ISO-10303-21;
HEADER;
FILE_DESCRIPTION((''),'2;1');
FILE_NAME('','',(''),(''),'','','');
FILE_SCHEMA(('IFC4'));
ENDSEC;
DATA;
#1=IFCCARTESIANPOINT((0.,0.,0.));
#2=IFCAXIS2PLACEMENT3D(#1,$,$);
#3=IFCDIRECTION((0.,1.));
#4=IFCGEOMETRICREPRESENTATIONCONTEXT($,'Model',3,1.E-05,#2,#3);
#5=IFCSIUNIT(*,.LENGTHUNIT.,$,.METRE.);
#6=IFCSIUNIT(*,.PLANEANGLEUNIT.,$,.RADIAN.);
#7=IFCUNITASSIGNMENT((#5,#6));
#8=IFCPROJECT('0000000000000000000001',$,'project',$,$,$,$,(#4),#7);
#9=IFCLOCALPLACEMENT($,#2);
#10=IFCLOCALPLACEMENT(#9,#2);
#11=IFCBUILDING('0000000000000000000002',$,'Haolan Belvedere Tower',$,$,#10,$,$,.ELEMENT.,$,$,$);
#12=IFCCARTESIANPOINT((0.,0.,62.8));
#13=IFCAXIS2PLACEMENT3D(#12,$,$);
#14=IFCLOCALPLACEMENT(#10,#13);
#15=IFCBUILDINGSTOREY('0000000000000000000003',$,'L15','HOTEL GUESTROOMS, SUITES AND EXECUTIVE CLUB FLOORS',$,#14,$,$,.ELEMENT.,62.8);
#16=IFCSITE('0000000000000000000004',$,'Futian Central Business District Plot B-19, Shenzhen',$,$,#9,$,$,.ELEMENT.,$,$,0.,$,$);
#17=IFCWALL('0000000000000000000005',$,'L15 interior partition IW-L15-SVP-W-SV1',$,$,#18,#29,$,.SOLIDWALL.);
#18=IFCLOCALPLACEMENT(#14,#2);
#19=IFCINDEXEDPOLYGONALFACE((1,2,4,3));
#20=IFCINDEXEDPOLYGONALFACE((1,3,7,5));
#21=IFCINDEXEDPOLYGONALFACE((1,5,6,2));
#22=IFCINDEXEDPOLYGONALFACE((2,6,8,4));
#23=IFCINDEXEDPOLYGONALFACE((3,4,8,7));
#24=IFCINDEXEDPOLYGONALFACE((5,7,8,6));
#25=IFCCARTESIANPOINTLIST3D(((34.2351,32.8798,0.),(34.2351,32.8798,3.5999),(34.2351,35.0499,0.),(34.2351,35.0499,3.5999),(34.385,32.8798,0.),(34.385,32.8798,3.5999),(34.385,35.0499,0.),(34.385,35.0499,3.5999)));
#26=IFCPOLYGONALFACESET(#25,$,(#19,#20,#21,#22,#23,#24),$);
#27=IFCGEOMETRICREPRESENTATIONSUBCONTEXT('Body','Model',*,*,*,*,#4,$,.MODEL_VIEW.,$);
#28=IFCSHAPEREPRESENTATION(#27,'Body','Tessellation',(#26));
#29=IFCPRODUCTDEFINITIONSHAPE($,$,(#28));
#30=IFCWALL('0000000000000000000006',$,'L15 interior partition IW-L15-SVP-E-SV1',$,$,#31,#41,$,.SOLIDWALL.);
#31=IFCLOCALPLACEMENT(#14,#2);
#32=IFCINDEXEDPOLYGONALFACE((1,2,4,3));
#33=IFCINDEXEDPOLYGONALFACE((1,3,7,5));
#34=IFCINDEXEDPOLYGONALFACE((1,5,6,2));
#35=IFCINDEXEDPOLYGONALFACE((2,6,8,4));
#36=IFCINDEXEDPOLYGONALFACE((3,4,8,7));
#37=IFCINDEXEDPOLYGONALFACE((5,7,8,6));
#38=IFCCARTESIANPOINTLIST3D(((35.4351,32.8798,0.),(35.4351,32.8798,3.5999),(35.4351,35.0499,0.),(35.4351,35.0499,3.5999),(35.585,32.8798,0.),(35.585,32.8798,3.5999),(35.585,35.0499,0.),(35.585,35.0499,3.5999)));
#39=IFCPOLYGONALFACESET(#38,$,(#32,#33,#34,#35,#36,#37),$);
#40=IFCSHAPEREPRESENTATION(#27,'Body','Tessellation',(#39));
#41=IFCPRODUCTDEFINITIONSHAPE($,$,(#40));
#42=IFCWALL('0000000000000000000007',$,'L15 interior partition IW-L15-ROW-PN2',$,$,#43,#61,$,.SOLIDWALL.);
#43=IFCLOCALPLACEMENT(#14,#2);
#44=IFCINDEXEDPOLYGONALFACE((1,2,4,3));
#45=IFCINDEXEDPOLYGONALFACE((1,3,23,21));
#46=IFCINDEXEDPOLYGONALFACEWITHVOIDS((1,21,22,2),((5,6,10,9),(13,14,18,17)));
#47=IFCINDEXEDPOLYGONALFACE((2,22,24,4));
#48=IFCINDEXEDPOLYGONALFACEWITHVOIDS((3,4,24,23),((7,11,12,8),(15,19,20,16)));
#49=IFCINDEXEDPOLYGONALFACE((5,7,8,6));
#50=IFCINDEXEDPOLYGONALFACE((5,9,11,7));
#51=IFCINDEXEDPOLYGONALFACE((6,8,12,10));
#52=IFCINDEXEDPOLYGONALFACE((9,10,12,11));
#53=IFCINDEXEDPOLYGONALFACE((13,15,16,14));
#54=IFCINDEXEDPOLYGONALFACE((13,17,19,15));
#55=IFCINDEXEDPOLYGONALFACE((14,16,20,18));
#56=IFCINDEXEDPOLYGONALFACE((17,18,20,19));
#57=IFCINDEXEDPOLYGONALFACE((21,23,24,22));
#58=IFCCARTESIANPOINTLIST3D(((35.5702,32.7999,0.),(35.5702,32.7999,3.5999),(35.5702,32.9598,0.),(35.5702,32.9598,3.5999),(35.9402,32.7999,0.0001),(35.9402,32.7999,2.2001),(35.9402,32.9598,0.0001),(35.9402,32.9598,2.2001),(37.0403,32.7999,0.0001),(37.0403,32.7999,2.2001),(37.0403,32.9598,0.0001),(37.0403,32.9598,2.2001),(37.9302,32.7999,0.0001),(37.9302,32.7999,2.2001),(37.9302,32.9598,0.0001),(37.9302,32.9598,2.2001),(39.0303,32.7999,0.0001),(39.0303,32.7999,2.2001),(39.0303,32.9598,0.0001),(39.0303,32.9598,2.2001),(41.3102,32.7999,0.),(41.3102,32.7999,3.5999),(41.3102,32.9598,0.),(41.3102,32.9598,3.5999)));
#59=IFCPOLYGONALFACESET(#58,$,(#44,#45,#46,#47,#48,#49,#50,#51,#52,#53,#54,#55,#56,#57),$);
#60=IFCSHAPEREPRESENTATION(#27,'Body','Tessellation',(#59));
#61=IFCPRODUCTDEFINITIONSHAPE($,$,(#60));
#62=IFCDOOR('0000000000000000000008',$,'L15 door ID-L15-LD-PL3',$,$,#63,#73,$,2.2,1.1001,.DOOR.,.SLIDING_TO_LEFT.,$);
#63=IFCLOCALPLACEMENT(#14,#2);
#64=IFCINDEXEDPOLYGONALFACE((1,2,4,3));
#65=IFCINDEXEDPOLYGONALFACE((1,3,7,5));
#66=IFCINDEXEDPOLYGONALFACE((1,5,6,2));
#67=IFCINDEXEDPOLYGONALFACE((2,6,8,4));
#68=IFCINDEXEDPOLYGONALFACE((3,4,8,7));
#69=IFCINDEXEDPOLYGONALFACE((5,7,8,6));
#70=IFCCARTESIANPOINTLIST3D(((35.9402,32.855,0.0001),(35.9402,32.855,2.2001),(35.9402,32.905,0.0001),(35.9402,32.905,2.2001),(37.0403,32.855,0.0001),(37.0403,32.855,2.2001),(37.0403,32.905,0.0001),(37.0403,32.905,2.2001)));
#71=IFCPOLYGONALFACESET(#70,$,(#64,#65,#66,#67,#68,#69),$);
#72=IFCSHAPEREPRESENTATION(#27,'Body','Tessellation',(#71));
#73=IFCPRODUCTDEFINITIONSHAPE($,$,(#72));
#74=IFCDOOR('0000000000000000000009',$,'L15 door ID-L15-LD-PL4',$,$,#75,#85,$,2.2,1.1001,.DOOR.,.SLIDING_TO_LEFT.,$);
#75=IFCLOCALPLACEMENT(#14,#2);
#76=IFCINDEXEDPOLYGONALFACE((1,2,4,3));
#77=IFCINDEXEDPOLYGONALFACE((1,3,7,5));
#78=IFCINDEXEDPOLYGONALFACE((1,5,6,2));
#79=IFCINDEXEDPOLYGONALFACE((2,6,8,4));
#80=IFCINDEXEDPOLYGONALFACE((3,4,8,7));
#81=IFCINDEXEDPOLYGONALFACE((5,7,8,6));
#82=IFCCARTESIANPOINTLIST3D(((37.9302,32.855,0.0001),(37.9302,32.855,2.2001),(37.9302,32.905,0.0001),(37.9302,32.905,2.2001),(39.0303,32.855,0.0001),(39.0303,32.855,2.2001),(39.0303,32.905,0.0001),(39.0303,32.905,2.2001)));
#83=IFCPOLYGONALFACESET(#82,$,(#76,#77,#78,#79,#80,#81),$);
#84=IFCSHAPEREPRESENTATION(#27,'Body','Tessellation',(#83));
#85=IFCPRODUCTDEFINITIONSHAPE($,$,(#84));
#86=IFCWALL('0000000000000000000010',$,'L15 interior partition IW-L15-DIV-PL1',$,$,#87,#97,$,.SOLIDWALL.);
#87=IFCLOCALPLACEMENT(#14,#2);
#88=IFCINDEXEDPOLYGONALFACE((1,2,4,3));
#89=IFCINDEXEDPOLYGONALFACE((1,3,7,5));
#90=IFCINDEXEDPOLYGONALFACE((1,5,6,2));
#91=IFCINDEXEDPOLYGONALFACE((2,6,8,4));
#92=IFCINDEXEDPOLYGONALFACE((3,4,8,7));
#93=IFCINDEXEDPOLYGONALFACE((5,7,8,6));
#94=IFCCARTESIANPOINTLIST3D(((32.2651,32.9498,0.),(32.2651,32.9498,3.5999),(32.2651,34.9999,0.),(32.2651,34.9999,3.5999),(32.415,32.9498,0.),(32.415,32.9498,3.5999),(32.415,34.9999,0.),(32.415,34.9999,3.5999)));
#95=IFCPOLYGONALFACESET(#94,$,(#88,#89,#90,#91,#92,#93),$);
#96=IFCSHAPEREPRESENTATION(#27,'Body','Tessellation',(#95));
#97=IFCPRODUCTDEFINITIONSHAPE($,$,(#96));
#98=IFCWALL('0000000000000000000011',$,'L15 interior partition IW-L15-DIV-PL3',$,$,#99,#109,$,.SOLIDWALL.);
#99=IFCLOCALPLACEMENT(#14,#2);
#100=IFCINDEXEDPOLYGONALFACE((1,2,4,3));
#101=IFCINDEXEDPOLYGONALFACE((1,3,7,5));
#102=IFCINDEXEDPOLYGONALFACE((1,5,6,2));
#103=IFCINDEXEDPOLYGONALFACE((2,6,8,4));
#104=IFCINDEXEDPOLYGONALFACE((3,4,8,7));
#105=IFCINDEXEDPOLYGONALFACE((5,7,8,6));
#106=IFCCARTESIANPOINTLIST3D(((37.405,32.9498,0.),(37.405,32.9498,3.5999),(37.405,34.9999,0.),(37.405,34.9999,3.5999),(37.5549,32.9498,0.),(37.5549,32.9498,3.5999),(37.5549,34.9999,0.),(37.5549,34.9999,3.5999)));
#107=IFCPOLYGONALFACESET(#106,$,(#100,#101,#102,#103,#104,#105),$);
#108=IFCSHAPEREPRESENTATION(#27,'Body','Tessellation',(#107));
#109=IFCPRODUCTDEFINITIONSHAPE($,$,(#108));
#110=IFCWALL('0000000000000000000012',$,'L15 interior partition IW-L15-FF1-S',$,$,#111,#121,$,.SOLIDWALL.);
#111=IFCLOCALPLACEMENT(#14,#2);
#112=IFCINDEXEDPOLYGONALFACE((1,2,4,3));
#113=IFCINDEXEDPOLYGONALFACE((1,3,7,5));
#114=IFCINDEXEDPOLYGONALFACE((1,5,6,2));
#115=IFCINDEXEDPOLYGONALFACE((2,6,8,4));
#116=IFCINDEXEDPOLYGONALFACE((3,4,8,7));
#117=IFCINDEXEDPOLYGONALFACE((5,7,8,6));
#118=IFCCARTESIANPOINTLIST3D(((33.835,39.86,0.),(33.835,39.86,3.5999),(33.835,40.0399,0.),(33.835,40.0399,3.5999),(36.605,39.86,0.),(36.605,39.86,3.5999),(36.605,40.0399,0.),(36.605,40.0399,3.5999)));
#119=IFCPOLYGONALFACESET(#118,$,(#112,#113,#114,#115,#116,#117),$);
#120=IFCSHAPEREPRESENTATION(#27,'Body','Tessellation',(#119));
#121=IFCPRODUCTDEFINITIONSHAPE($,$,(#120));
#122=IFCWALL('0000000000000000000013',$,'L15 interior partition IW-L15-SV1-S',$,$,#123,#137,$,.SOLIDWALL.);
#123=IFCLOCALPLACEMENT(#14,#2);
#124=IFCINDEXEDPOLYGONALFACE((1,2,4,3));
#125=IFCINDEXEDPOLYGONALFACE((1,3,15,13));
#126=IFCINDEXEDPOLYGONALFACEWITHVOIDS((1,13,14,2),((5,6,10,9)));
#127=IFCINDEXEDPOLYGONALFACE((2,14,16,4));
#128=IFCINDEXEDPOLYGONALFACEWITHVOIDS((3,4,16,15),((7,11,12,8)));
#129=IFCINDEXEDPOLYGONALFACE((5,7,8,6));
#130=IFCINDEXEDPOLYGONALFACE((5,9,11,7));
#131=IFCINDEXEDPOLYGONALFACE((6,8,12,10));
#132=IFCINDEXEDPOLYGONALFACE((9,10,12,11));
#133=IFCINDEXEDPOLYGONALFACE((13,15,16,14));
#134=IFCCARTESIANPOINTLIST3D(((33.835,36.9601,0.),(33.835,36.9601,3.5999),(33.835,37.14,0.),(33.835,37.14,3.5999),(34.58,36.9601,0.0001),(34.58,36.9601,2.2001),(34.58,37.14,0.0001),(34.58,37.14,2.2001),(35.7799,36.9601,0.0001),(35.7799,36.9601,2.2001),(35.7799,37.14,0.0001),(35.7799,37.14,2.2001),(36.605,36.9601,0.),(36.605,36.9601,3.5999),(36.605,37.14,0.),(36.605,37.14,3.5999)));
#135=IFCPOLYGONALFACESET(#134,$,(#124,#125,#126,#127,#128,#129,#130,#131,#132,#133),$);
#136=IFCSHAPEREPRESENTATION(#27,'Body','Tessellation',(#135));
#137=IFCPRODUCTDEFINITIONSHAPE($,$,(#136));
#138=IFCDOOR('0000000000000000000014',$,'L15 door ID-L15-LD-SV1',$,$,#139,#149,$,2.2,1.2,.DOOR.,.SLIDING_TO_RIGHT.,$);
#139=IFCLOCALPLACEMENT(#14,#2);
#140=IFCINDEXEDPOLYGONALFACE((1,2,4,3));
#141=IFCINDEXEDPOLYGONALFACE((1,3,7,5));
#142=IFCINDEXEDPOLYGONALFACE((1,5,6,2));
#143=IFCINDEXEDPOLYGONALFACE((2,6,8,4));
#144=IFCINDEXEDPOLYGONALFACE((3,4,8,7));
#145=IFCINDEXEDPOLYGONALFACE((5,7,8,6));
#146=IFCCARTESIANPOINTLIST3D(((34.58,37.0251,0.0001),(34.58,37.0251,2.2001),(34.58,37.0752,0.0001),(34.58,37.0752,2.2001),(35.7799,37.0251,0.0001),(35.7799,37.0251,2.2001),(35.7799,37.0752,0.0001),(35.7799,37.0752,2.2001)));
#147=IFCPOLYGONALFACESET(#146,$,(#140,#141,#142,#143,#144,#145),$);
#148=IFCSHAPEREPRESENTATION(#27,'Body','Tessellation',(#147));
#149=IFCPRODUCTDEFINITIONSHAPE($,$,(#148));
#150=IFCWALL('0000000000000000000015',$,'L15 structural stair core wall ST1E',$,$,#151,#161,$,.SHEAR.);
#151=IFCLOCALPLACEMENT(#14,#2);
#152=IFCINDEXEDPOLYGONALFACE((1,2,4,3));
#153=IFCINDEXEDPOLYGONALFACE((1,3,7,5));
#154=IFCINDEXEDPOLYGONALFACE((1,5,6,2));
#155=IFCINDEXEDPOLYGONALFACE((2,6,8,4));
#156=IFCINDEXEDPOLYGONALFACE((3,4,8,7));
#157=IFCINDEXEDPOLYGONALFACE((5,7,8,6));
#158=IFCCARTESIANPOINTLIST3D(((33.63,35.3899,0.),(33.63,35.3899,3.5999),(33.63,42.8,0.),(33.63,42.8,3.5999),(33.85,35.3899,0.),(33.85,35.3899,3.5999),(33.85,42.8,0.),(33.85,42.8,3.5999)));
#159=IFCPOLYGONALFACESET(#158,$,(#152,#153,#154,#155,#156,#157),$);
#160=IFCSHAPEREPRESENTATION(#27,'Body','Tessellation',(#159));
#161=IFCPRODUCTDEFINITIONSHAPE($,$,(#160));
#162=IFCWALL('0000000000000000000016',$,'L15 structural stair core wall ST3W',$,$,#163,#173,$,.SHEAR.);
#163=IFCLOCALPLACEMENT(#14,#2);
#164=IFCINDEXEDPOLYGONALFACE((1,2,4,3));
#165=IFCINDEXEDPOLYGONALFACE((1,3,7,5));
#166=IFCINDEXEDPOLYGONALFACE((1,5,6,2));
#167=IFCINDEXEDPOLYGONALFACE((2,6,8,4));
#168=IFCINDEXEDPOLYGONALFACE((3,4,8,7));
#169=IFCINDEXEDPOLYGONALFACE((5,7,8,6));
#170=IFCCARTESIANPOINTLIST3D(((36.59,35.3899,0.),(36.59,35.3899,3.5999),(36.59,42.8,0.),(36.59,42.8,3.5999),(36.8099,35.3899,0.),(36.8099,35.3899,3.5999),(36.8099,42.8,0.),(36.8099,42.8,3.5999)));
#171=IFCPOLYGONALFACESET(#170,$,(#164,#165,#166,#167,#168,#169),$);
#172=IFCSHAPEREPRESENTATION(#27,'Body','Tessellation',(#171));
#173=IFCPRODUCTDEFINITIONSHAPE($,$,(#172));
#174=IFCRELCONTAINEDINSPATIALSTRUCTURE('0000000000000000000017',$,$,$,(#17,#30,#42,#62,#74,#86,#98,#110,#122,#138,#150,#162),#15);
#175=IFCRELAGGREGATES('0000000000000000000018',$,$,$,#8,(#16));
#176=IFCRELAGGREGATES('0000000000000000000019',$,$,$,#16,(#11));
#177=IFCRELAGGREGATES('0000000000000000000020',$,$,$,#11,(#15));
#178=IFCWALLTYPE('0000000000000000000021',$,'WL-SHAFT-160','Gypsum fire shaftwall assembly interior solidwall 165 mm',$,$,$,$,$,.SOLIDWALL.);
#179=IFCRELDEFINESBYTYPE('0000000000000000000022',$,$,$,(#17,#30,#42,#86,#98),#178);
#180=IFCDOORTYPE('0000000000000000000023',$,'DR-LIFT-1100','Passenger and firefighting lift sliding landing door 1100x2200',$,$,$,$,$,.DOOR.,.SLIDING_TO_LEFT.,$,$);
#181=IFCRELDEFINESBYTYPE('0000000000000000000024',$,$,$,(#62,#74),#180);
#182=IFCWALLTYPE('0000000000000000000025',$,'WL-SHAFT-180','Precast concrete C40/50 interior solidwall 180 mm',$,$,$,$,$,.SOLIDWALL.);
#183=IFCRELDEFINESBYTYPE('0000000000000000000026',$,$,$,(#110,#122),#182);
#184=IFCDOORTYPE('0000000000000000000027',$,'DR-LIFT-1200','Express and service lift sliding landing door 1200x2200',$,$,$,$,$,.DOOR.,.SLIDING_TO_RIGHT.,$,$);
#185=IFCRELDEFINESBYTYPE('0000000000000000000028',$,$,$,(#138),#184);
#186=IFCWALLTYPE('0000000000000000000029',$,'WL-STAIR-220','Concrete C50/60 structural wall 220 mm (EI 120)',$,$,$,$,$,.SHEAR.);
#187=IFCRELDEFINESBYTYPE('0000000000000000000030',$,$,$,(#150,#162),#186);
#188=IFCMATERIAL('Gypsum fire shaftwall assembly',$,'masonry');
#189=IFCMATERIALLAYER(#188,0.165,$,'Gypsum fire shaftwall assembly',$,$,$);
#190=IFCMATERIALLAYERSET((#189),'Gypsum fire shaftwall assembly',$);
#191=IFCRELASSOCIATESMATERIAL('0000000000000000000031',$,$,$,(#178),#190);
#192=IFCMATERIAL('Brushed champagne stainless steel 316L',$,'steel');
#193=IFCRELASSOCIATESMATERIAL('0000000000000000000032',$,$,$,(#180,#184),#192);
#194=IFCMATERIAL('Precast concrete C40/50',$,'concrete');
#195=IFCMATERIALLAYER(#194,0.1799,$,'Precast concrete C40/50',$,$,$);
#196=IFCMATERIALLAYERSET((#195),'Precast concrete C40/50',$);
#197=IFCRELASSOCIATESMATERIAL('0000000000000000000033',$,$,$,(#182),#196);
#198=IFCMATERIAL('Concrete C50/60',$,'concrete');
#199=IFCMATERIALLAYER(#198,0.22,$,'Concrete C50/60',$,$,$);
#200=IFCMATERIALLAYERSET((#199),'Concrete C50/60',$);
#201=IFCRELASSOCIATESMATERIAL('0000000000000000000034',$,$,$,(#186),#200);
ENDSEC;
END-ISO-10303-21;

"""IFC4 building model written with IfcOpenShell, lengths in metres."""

from ifc_helpers import new_model, si_unit, direction, frame, frame_2d, origin, place, context, subcontext, project, spatial, rectangle, extrude, material, layer, layer_set, type_object, element, fill, save


model = new_model("IFC4")

# Units and contexts
model_context = context("Model", 3, precision=1e-05, world=origin(), true_north=direction((0.0, 1.0)))
body_context = subcontext(model_context, "Body", "Model", "MODEL_VIEW")
ifc_project = project(units=[si_unit("LENGTHUNIT", "METRE"), si_unit("PLANEANGLEUNIT", "RADIAN")], contexts=[model_context])

# Site, building, storey
site_placement = place(None, origin())
site = spatial("IfcSite", under=ifc_project, at=site_placement, Name="Futian Central Business District Plot B-19, Shenzhen", CompositionType="ELEMENT", RefElevation=0.0)
building_placement = place(site_placement, origin())
building = spatial("IfcBuilding", under=site, at=building_placement, Name="Haolan Belvedere Tower", CompositionType="ELEMENT")
storey_placement = place(building_placement, frame((0.0, 0.0, 62.8)))
storey = spatial("IfcBuildingStorey", under=building, at=storey_placement, Name="L15", Description="HOTEL GUESTROOMS, SUITES AND EXECUTIVE CLUB FLOORS", CompositionType="ELEMENT", Elevation=62.8)

# Walls
ifc_material_1 = material(Name="Gypsum fire shaftwall assembly", Category="masonry")
ifc_layer_1 = layer(ifc_material_1, 0.165, Name="Gypsum fire shaftwall assembly")
ifc_layer_set_1 = layer_set([ifc_layer_1], Name="Gypsum fire shaftwall assembly")
wall_type_1 = type_object("IfcWallType", Name="WL-SHAFT-160", Description="Gypsum fire shaftwall assembly interior solidwall 165 mm", PredefinedType="SOLIDWALL", material=ifc_layer_set_1)
for number, where, z_axis, x_axis, name in (
    (1, (34.3101, 32.8799, 0.0), (0.0, 0.0, 1.0), (0.0, 1.0, 0.0), "L15 interior partition IW-L15-SVP-W-SV1"),
    (2, (35.51, 32.8799, 0.0), (0.0, 0.0, 1.0), (0.0, 1.0, 0.0), "L15 interior partition IW-L15-SVP-E-SV1"),
):
    element("IfcWall", number, at=place(storey_placement, frame(where, z_axis=z_axis, x_axis=x_axis)), inside=storey, type_object=wall_type_1, Name=name, PredefinedType="SOLIDWALL", context=body_context, shape_type="SweptSolid", body=[
        extrude(rectangle(XDim=2.1702, YDim=0.1499, at=frame_2d((1.085, 0.0))), origin(), (0.0, 0.0, 1.0), 3.5999),
    ])

# Wall, openings, doors
wall_1_placement = place(storey_placement, frame((35.5701, 32.8799, 0.0), z_axis=(0.0, 0.0, 1.0), x_axis=(1.0, 0.0, 0.0)))
wall_1 = element("IfcWall", 3, at=wall_1_placement, inside=storey, type_object=wall_type_1, Name="L15 interior partition IW-L15-ROW-PN2", PredefinedType="SOLIDWALL", context=body_context, shape_type="SweptSolid", body=[
    extrude(rectangle(XDim=5.74, YDim=0.1599, at=frame_2d((2.8701, 0.0))), origin(), (0.0, 0.0, 1.0), 3.5999),
])
opening_1_placement = place(wall_1_placement, frame((1.4702, 0.0, 0.0), z_axis=(0.0, 0.0, 1.0), x_axis=(-1.0, 0.0, 0.0)))
opening_1 = element("IfcOpeningElement", 4, at=opening_1_placement, cuts=wall_1, PredefinedType="OPENING", context=body_context, shape_type="SweptSolid", body=[
    extrude(rectangle(XDim=1.1001, YDim=2.2, at=frame_2d((0.55, 1.1001))), frame((0.0, 0.0898, 0.0), z_axis=(0.0, -1.0, 0.0), x_axis=(1.0, 0.0, 0.0)), (0.0, 0.0, 1.0), 0.1799),
])
opening_2_placement = place(wall_1_placement, frame((3.4602, 0.0, 0.0), z_axis=(0.0, 0.0, 1.0), x_axis=(-1.0, 0.0, 0.0)))
opening_2 = element("IfcOpeningElement", 5, at=opening_2_placement, cuts=wall_1, PredefinedType="OPENING", context=body_context, shape_type="SweptSolid", body=[
    extrude(rectangle(XDim=1.1001, YDim=2.2, at=frame_2d((0.55, 1.1001))), frame((0.0, 0.0898, 0.0), z_axis=(0.0, -1.0, 0.0), x_axis=(1.0, 0.0, 0.0)), (0.0, 0.0, 1.0), 0.1799),
])
ifc_material_2 = material(Name="Brushed champagne stainless steel 316L", Category="steel")
door_type_1 = type_object("IfcDoorType", Name="DR-LIFT-1100", Description="Passenger and firefighting lift sliding landing door 1100x2200", OperationType="SLIDING_TO_LEFT", PredefinedType="DOOR", material=ifc_material_2)
door_1_placement = place(opening_1_placement, origin())
door_1 = element("IfcDoor", 6, at=door_1_placement, inside=storey, type_object=door_type_1, Name="L15 door ID-L15-LD-PL3", OperationType="SLIDING_TO_LEFT", OverallHeight=2.2, OverallWidth=1.1001, PredefinedType="DOOR", context=body_context, shape_type="SweptSolid", body=[
    extrude(rectangle(XDim=1.1001, YDim=2.2, at=frame_2d((0.55, 1.1001))), frame((0.0, 0.0249, 0.0), z_axis=(0.0, -1.0, 0.0), x_axis=(1.0, 0.0, 0.0)), (0.0, 0.0, 1.0), 0.05),
])
fill(opening_1, door_1)
door_2_placement = place(opening_2_placement, origin())
door_2 = element("IfcDoor", 7, at=door_2_placement, inside=storey, type_object=door_type_1, Name="L15 door ID-L15-LD-PL4", OperationType="SLIDING_TO_LEFT", OverallHeight=2.2, OverallWidth=1.1001, PredefinedType="DOOR", context=body_context, shape_type="SweptSolid", body=[
    extrude(rectangle(XDim=1.1001, YDim=2.2, at=frame_2d((0.55, 1.1001))), frame((0.0, 0.0249, 0.0), z_axis=(0.0, -1.0, 0.0), x_axis=(1.0, 0.0, 0.0)), (0.0, 0.0, 1.0), 0.05),
])
fill(opening_2, door_2)

# Walls
for number, where, z_axis, x_axis, name in (
    (8, (32.3401, 32.95, 0.0), (0.0, 0.0, 1.0), (0.0, 1.0, 0.0), "L15 interior partition IW-L15-DIV-PL1"),
    (9, (37.48, 32.95, 0.0), (0.0, 0.0, 1.0), (0.0, 1.0, 0.0), "L15 interior partition IW-L15-DIV-PL3"),
):
    element("IfcWall", number, at=place(storey_placement, frame(where, z_axis=z_axis, x_axis=x_axis)), inside=storey, type_object=wall_type_1, Name=name, PredefinedType="SOLIDWALL", context=body_context, shape_type="SweptSolid", body=[
        extrude(rectangle(XDim=2.05, YDim=0.1499, at=frame_2d((1.0249, 0.0))), origin(), (0.0, 0.0, 1.0), 3.5999),
    ])
ifc_material_3 = material(Name="Precast concrete C40/50", Category="concrete")
ifc_layer_2 = layer(ifc_material_3, 0.1799, Name="Precast concrete C40/50")
ifc_layer_set_2 = layer_set([ifc_layer_2], Name="Precast concrete C40/50")
wall_type_2 = type_object("IfcWallType", Name="WL-SHAFT-180", Description="Precast concrete C40/50 interior solidwall 180 mm", PredefinedType="SOLIDWALL", material=ifc_layer_set_2)
wall_2_placement = place(storey_placement, frame((33.835, 39.95, 0.0), z_axis=(0.0, 0.0, 1.0), x_axis=(1.0, 0.0, 0.0)))
element("IfcWall", 10, at=wall_2_placement, inside=storey, type_object=wall_type_2, Name="L15 interior partition IW-L15-FF1-S", PredefinedType="SOLIDWALL", context=body_context, shape_type="SweptSolid", body=[
    extrude(rectangle(XDim=2.77, YDim=0.1799, at=frame_2d((1.385, 0.0))), origin(), (0.0, 0.0, 1.0), 3.5999),
])

# Wall, opening, door
wall_3_placement = place(storey_placement, frame((33.835, 37.05, 0.0), z_axis=(0.0, 0.0, 1.0), x_axis=(1.0, 0.0, 0.0)))
wall_3 = element("IfcWall", 11, at=wall_3_placement, inside=storey, type_object=wall_type_2, Name="L15 interior partition IW-L15-SV1-S", PredefinedType="SOLIDWALL", context=body_context, shape_type="SweptSolid", body=[
    extrude(rectangle(XDim=2.77, YDim=0.1799, at=frame_2d((1.385, 0.0))), origin(), (0.0, 0.0, 1.0), 3.5999),
])
opening_3_placement = place(wall_3_placement, frame((1.9451, 0.0, 0.0), z_axis=(0.0, 0.0, 1.0), x_axis=(-1.0, 0.0, 0.0)))
opening_3 = element("IfcOpeningElement", 12, at=opening_3_placement, cuts=wall_3, PredefinedType="OPENING", context=body_context, shape_type="SweptSolid", body=[
    extrude(rectangle(XDim=1.2, YDim=2.2, at=frame_2d((0.6001, 1.1001))), frame((0.0, 0.0999, 0.0), z_axis=(0.0, -1.0, 0.0), x_axis=(1.0, 0.0, 0.0)), (0.0, 0.0, 1.0), 0.2),
])
door_type_2 = type_object("IfcDoorType", Name="DR-LIFT-1200", Description="Express and service lift sliding landing door 1200x2200", OperationType="SLIDING_TO_RIGHT", PredefinedType="DOOR", material=ifc_material_2)
door_3_placement = place(opening_3_placement, origin())
door_3 = element("IfcDoor", 13, at=door_3_placement, inside=storey, type_object=door_type_2, Name="L15 door ID-L15-LD-SV1", OperationType="SLIDING_TO_RIGHT", OverallHeight=2.2, OverallWidth=1.2, PredefinedType="DOOR", context=body_context, shape_type="SweptSolid", body=[
    extrude(rectangle(XDim=1.2, YDim=2.2, at=frame_2d((0.6001, 1.1001))), frame((0.0, 0.0249, 0.0), z_axis=(0.0, -1.0, 0.0), x_axis=(1.0, 0.0, 0.0)), (0.0, 0.0, 1.0), 0.05),
])
fill(opening_3, door_3)

# Walls
ifc_material_4 = material(Name="Concrete C50/60", Category="concrete")
ifc_layer_3 = layer(ifc_material_4, 0.22, Name="Concrete C50/60")
ifc_layer_set_3 = layer_set([ifc_layer_3], Name="Concrete C50/60")
wall_type_3 = type_object("IfcWallType", Name="WL-STAIR-220", Description="Concrete C50/60 structural wall 220 mm (EI 120)", PredefinedType="SHEAR", material=ifc_layer_set_3)
for number, where, z_axis, x_axis, name in (
    (14, (33.74, 35.3899, 0.0), (0.0, 0.0, 1.0), (0.0, 1.0, 0.0), "L15 structural stair core wall ST1E"),
    (15, (36.7, 35.3899, 0.0), (0.0, 0.0, 1.0), (0.0, 1.0, 0.0), "L15 structural stair core wall ST3W"),
):
    element("IfcWall", number, at=place(storey_placement, frame(where, z_axis=z_axis, x_axis=x_axis)), inside=storey, type_object=wall_type_3, Name=name, PredefinedType="SHEAR", context=body_context, shape_type="SweptSolid", body=[
        extrude(rectangle(XDim=7.4102, YDim=0.22, at=frame_2d((3.7051, 0.0))), origin(), (0.0, 0.0, 1.0), 3.5999),
    ])

save(model, "model.ifc")
